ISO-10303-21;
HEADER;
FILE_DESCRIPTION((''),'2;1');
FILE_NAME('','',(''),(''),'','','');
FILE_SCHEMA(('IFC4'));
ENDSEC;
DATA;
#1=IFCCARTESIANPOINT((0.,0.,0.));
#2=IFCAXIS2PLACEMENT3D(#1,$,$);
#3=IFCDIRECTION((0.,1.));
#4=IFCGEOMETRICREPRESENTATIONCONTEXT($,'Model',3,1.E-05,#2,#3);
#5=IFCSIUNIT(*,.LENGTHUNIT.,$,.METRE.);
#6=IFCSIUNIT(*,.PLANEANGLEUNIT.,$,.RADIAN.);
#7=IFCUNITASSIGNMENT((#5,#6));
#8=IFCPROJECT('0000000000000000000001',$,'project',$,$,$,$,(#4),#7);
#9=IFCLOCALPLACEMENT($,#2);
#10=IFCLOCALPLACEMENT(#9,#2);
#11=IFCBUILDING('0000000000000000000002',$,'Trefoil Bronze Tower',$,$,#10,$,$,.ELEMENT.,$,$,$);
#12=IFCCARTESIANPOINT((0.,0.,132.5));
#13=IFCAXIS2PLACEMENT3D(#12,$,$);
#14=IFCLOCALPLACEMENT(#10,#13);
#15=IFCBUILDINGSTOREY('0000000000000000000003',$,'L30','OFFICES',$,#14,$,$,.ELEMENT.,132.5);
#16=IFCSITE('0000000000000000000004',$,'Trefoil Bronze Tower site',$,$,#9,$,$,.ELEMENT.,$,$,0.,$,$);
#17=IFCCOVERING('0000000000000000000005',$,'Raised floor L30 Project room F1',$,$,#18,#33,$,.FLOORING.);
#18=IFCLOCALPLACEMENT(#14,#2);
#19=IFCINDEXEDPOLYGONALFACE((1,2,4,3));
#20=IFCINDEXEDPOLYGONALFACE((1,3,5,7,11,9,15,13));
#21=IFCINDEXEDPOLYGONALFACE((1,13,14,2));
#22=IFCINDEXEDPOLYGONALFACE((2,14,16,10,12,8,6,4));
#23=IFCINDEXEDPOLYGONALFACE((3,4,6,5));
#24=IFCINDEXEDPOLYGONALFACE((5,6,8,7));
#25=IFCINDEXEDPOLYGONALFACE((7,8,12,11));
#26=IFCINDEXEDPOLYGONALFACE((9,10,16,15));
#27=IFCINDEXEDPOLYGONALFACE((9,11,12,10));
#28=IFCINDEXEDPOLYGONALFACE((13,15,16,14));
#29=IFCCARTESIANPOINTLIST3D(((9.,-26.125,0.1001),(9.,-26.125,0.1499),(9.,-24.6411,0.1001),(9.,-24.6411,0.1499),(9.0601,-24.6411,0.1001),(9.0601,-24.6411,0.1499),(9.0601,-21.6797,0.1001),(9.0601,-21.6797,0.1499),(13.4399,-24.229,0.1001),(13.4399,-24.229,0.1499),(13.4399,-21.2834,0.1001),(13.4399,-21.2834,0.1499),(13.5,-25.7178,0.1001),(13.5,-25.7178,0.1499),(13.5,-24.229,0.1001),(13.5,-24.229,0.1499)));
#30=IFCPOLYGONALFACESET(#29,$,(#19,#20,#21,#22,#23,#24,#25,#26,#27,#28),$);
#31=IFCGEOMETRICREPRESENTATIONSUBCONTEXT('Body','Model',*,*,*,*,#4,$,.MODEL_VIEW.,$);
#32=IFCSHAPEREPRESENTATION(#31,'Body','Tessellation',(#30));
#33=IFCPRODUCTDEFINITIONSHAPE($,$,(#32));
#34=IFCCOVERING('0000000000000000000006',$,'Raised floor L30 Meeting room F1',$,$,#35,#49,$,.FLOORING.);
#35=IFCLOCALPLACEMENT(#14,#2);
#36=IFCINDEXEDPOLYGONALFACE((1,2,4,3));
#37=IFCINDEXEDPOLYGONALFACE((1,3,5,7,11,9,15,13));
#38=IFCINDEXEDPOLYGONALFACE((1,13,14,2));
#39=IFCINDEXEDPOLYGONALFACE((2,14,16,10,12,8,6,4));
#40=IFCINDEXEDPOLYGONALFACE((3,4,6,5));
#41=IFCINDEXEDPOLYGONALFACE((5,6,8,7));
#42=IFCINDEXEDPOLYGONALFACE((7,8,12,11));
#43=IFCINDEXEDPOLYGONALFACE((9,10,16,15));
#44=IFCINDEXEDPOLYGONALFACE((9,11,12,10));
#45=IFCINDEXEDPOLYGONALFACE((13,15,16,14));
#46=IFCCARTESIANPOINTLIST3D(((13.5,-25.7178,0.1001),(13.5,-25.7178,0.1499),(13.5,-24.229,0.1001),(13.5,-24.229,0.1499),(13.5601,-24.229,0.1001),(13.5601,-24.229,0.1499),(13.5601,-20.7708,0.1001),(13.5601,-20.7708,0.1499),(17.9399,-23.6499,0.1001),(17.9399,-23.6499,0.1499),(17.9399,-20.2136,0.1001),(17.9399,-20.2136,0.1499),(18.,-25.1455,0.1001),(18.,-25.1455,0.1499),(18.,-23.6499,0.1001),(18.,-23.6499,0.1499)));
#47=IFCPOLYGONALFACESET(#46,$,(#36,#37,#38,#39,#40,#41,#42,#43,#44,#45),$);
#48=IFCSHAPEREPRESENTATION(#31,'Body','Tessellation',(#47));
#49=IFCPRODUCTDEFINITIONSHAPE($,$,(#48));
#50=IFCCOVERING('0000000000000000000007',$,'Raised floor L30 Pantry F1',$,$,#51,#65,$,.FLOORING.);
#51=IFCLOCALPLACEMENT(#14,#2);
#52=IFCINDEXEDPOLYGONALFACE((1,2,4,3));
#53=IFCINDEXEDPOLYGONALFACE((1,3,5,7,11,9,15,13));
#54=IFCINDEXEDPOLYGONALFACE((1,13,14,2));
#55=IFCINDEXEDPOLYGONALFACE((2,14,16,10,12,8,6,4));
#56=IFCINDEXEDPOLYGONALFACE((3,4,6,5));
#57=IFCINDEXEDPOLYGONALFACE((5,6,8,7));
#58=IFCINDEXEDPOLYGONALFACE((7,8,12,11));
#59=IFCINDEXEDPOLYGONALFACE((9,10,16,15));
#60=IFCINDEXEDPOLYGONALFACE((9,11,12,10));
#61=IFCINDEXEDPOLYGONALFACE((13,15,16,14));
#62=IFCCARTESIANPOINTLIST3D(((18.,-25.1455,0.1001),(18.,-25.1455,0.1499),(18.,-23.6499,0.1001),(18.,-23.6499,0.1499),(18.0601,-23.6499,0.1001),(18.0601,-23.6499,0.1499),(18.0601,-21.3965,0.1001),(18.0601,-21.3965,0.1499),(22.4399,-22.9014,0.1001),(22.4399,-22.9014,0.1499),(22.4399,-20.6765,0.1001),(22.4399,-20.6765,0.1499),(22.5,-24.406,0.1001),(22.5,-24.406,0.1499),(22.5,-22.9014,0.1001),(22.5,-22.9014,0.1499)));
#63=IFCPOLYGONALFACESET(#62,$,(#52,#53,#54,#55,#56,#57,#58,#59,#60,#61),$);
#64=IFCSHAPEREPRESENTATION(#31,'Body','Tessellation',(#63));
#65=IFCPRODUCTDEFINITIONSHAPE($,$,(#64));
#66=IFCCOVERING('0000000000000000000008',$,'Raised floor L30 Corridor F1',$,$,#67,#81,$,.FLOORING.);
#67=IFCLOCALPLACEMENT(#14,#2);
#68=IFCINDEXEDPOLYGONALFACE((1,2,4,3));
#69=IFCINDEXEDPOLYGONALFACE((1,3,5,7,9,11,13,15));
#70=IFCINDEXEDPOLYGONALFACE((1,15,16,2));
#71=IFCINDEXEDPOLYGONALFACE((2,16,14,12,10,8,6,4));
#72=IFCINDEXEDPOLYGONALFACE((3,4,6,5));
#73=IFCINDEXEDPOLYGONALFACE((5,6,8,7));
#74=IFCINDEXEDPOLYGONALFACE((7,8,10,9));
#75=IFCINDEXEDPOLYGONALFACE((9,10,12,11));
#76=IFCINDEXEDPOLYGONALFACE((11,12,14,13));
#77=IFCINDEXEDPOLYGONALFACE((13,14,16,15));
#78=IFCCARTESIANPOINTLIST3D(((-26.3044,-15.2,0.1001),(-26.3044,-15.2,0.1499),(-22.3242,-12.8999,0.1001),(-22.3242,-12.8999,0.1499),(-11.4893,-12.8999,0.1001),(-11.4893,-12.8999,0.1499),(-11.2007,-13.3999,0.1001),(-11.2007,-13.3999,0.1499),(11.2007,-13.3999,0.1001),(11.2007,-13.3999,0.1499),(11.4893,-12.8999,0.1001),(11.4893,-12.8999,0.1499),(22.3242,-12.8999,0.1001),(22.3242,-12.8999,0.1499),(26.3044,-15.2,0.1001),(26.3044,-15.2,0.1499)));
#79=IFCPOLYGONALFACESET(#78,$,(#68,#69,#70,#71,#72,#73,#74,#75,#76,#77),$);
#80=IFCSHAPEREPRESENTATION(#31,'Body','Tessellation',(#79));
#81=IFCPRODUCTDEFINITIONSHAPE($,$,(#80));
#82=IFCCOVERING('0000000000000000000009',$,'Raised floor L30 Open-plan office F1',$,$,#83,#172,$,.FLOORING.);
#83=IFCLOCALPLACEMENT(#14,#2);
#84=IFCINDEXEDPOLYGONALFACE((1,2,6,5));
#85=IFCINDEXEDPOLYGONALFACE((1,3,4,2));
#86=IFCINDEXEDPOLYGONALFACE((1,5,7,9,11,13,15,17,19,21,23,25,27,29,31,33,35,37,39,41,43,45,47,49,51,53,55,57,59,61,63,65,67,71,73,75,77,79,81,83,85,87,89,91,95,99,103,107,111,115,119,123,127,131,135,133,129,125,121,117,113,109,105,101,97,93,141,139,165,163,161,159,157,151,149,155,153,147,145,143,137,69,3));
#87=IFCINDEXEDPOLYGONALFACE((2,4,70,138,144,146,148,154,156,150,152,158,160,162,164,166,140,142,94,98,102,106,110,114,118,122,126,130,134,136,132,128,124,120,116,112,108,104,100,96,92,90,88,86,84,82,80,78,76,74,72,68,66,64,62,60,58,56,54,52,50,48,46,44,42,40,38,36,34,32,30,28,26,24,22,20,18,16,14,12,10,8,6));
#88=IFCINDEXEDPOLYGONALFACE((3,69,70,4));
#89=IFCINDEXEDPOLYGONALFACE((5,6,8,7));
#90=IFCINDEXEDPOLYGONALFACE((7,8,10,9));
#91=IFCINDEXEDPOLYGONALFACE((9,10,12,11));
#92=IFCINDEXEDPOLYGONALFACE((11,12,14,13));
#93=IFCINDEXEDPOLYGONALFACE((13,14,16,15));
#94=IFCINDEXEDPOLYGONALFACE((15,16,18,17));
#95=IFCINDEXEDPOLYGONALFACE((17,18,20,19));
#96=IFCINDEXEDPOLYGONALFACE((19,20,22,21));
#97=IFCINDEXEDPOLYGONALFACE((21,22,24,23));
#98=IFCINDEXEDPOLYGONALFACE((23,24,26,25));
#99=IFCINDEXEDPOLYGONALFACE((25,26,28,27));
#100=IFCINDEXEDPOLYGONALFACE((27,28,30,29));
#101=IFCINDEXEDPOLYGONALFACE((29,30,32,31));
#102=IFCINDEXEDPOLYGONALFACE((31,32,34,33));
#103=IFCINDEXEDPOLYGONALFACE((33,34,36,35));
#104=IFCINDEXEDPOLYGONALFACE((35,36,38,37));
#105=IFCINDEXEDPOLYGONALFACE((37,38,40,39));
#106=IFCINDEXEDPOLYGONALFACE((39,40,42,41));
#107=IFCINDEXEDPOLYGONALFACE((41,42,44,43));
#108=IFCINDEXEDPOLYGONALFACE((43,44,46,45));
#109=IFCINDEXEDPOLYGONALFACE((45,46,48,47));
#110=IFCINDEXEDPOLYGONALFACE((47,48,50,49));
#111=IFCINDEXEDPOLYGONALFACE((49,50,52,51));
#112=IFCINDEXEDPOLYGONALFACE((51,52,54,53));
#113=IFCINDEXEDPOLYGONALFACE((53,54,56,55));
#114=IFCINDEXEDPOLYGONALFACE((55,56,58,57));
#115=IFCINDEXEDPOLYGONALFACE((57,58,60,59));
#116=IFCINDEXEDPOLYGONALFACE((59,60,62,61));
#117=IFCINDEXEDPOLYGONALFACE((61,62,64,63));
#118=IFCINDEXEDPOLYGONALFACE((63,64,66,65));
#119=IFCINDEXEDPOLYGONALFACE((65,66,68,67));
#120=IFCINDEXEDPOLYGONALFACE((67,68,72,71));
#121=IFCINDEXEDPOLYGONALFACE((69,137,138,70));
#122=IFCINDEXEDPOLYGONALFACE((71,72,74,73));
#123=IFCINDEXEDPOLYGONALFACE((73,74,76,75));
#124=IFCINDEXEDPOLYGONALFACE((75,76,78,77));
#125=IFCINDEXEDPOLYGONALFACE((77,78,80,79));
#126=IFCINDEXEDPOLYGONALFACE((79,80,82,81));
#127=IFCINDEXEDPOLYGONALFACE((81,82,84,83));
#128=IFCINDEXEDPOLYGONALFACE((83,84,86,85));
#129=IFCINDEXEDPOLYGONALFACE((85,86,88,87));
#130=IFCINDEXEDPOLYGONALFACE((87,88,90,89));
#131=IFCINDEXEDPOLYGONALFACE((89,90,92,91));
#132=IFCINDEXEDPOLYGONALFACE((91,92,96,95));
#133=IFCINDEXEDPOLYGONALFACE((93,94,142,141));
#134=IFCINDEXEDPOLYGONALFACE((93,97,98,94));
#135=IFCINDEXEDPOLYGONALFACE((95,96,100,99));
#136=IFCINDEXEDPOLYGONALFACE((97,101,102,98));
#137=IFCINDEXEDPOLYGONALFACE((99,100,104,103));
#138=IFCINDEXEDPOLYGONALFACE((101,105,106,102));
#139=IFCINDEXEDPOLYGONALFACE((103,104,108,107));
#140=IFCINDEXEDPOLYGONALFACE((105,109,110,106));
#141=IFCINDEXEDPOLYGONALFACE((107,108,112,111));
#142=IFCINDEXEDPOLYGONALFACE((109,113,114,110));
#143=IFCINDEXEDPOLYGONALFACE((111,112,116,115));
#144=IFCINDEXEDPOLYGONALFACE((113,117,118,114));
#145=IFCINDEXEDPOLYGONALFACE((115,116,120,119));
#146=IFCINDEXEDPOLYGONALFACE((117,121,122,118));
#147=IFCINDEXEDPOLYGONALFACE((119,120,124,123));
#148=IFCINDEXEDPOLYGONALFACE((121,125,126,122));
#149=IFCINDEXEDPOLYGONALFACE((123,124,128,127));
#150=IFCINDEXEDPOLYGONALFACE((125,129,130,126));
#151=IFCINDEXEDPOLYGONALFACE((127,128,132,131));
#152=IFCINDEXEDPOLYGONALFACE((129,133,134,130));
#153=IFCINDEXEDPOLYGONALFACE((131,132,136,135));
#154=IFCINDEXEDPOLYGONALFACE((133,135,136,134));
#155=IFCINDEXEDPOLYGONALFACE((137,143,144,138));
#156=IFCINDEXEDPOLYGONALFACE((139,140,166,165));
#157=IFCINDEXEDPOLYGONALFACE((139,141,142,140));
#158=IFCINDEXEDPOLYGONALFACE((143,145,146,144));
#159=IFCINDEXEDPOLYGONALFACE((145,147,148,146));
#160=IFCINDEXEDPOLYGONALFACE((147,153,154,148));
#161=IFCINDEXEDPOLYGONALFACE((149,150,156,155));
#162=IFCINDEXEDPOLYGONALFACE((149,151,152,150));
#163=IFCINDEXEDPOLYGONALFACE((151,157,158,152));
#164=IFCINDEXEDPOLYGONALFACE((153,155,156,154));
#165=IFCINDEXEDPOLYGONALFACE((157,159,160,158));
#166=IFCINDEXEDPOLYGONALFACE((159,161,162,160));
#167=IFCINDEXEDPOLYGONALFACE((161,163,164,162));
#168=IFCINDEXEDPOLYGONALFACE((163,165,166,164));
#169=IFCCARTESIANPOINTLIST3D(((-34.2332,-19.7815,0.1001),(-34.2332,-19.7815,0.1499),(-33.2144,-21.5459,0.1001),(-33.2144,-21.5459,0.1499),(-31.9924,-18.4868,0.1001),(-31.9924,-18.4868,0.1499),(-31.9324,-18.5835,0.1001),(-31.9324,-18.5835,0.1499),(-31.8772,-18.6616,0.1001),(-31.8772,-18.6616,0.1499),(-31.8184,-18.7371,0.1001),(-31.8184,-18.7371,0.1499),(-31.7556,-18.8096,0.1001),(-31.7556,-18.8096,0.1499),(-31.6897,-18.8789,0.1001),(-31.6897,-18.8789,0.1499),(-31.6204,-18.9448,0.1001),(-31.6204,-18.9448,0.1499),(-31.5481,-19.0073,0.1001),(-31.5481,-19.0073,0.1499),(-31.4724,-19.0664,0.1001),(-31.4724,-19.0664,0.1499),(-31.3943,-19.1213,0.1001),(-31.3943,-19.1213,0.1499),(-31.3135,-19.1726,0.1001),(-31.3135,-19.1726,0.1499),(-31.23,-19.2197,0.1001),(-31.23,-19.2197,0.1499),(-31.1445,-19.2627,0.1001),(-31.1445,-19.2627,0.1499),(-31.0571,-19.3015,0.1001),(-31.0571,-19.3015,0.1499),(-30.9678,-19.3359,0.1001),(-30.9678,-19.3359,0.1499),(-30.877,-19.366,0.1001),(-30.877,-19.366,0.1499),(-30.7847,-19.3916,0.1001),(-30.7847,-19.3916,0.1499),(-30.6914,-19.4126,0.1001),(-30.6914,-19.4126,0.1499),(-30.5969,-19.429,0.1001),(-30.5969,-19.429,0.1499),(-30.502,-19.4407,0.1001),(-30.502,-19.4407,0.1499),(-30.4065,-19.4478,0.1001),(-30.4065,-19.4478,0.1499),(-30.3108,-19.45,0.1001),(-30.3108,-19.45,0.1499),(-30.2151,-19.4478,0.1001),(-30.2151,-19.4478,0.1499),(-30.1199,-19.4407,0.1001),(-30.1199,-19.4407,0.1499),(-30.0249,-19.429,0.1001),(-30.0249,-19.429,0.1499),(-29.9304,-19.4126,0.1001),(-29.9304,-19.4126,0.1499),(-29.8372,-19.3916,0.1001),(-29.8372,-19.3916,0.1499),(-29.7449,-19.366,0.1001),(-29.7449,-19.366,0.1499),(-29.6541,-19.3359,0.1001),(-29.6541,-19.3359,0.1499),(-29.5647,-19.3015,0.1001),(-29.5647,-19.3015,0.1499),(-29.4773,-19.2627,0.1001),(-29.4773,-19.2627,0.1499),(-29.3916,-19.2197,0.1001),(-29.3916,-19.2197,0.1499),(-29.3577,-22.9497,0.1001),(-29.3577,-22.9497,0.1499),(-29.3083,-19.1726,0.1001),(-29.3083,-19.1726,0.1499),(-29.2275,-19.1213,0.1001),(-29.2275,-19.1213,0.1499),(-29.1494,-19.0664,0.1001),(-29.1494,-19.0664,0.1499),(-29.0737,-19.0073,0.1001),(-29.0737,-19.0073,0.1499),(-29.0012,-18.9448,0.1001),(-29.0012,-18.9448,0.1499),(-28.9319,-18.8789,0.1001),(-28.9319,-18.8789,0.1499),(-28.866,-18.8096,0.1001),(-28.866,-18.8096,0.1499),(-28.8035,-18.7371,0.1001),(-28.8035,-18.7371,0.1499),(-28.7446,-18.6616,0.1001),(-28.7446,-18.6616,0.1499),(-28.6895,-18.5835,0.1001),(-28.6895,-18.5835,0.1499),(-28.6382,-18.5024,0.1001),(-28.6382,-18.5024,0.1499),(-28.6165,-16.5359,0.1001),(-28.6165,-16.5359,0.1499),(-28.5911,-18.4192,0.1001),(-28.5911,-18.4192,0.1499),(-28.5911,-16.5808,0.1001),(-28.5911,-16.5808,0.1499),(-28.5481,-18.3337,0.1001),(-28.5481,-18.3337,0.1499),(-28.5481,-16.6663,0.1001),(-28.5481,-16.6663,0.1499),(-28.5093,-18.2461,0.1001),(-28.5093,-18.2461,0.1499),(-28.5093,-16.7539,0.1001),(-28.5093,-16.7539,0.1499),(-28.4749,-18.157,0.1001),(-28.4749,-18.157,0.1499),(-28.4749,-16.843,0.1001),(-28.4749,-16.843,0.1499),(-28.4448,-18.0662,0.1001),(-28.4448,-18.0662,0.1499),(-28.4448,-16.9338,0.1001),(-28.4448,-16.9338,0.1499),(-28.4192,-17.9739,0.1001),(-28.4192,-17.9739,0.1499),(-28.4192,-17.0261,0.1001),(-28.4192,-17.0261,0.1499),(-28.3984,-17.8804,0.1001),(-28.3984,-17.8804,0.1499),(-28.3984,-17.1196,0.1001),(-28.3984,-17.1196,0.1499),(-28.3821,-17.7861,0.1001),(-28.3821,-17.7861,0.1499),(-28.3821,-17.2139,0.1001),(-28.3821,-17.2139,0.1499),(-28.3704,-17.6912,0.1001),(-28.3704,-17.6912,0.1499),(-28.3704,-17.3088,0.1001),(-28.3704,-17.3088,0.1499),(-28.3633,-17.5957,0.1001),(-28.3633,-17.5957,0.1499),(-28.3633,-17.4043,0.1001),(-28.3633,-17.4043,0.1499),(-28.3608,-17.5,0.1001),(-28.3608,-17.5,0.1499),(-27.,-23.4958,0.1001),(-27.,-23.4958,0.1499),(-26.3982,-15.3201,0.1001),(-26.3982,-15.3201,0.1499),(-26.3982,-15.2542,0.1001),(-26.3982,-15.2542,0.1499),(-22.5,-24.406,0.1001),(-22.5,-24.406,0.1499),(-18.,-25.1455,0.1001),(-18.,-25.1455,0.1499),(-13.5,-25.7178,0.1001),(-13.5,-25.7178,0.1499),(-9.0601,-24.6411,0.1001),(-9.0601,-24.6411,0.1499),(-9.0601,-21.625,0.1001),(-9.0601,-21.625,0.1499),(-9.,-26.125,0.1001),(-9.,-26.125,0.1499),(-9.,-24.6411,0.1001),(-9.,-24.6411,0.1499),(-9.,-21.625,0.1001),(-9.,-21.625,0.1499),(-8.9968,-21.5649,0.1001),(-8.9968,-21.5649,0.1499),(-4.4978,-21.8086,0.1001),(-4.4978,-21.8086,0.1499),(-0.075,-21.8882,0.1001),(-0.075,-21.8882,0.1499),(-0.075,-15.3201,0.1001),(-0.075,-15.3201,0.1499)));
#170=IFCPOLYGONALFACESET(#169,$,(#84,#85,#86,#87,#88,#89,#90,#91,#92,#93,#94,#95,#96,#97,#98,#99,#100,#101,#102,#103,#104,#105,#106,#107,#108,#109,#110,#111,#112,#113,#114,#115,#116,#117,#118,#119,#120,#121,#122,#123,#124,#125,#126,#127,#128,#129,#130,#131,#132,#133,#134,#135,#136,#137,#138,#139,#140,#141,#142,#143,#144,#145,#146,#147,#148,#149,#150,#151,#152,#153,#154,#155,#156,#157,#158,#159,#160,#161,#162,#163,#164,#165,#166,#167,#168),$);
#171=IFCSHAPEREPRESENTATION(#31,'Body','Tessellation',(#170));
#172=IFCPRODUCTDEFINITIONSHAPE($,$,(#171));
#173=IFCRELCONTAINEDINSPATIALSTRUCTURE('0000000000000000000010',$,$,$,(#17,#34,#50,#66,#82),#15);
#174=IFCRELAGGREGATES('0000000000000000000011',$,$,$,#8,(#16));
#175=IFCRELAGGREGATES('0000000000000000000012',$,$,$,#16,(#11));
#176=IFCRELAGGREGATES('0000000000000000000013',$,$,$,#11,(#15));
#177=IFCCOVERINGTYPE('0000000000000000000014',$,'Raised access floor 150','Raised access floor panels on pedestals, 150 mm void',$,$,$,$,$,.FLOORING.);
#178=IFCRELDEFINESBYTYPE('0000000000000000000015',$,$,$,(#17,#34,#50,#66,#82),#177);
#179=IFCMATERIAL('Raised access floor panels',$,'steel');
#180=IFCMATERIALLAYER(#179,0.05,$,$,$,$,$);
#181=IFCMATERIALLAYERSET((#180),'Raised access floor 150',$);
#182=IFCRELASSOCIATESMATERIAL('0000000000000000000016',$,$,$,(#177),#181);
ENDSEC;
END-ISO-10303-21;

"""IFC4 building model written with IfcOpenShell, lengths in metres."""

from ifc_helpers import new_model, si_unit, direction, frame, origin, place, context, subcontext, project, spatial, polyline, outline, extrude, material, layer, layer_set, type_object, element, save


model = new_model("IFC4")

# Units and contexts
model_context = context("Model", 3, precision=1e-05, world=origin(), true_north=direction((0.0, 1.0)))
body_context = subcontext(model_context, "Body", "Model", "MODEL_VIEW")
ifc_project = project(units=[si_unit("LENGTHUNIT", "METRE"), si_unit("PLANEANGLEUNIT", "RADIAN")], contexts=[model_context])

# Site, building, storey
site_placement = place(None, origin())
site = spatial("IfcSite", under=ifc_project, at=site_placement, Name="Trefoil Bronze Tower site", CompositionType="ELEMENT", RefElevation=0.0)
building_placement = place(site_placement, origin())
building = spatial("IfcBuilding", under=site, at=building_placement, Name="Trefoil Bronze Tower", CompositionType="ELEMENT")
storey_placement = place(building_placement, frame((0.0, 0.0, 132.5)))
storey = spatial("IfcBuildingStorey", under=building, at=storey_placement, Name="L30", Description="OFFICES", CompositionType="ELEMENT", Elevation=132.5)

# Coverings
ifc_material_1 = material(Name="Raised access floor panels", Category="steel")
ifc_layer_1 = layer(ifc_material_1, 0.05)
ifc_layer_set_1 = layer_set([ifc_layer_1], Name="Raised access floor 150")
covering_type_1 = type_object("IfcCoveringType", Name="Raised access floor 150", Description="Raised access floor panels on pedestals, 150 mm void", PredefinedType="FLOORING", material=ifc_layer_set_1)
covering_1_placement = place(storey_placement, frame((0.0, 0.0, 0.1001)))
element("IfcCovering", 1, at=covering_1_placement, inside=storey, type_object=covering_type_1, Name="Raised floor L30 Project room F1", PredefinedType="FLOORING", context=body_context, shape_type="SweptSolid", body=[
    extrude(outline(polyline([(13.5, -25.7178), (9.0, -26.125), (9.0, -24.6411), (9.0601, -24.6411), (9.0601, -21.6797), (13.4399, -21.2834), (13.4399, -24.229), (13.5, -24.229), (13.5, -25.7178)])), origin(), (0.0, 0.0, 1.0), 0.0498),
])
covering_2_placement = place(storey_placement, frame((0.0, 0.0, 0.1001)))
element("IfcCovering", 2, at=covering_2_placement, inside=storey, type_object=covering_type_1, Name="Raised floor L30 Meeting room F1", PredefinedType="FLOORING", context=body_context, shape_type="SweptSolid", body=[
    extrude(outline(polyline([(18.0, -25.1455), (13.5, -25.7178), (13.5, -24.229), (13.5601, -24.229), (13.5601, -20.7708), (17.9399, -20.2136), (17.9399, -23.6499), (18.0, -23.6499), (18.0, -25.1455)])), origin(), (0.0, 0.0, 1.0), 0.0498),
])
covering_3_placement = place(storey_placement, frame((0.0, 0.0, 0.1001)))
element("IfcCovering", 3, at=covering_3_placement, inside=storey, type_object=covering_type_1, Name="Raised floor L30 Pantry F1", PredefinedType="FLOORING", context=body_context, shape_type="SweptSolid", body=[
    extrude(outline(polyline([(22.5, -24.406), (18.0, -25.1455), (18.0, -23.6499), (18.0601, -23.6499), (18.0601, -21.3965), (22.4399, -20.6765), (22.4399, -22.9014), (22.5, -22.9014), (22.5, -24.406)])), origin(), (0.0, 0.0, 1.0), 0.0498),
])
covering_4_placement = place(storey_placement, frame((0.0, 0.0, 0.1001)))
element("IfcCovering", 4, at=covering_4_placement, inside=storey, type_object=covering_type_1, Name="Raised floor L30 Corridor F1", PredefinedType="FLOORING", context=body_context, shape_type="SweptSolid", body=[
    extrude(outline(polyline([(-26.3044, -15.2), (-22.3242, -12.8999), (-11.4893, -12.8999), (-11.2007, -13.3999), (11.2007, -13.3999), (11.4893, -12.8999), (22.3242, -12.8999), (26.3044, -15.2), (-26.3044, -15.2)])), origin(), (0.0, 0.0, 1.0), 0.0498),
])
covering_5_placement = place(storey_placement, frame((0.0, 0.0, 0.1001)))
element("IfcCovering", 5, at=covering_5_placement, inside=storey, type_object=covering_type_1, Name="Raised floor L30 Open-plan office F1", PredefinedType="FLOORING", context=body_context, shape_type="SweptSolid", body=[
    extrude(outline(polyline([(-28.5093, -16.7539), (-28.5481, -16.6663), (-28.5911, -16.5808), (-28.6165, -16.5359), (-26.3982, -15.2542), (-26.3982, -15.3201), (-0.075, -15.3201), (-0.075, -21.8882), (-4.4978, -21.8086), (-8.9968, -21.5649), (-9.0, -21.625), (-9.0601, -21.625), (-9.0601, -24.6411), (-9.0, -24.6411), (-9.0, -26.125), (-13.5, -25.7178), (-18.0, -25.1455), (-22.5, -24.406), (-27.0, -23.4958), (-29.3577, -22.9497), (-33.2144, -21.5459), (-34.2332, -19.7815), (-31.9924, -18.4868), (-31.9324, -18.5835), (-31.8772, -18.6616), (-31.8184, -18.7371), (-31.7556, -18.8096), (-31.6897, -18.8789), (-31.6204, -18.9448), (-31.5481, -19.0073), (-31.4724, -19.0664), (-31.3943, -19.1213), (-31.3135, -19.1726), (-31.23, -19.2197), (-31.1445, -19.2627), (-31.0571, -19.3015), (-30.9678, -19.3359), (-30.877, -19.366), (-30.7847, -19.3916), (-30.6914, -19.4126), (-30.5969, -19.429), (-30.502, -19.4407), (-30.4065, -19.4478), (-30.3108, -19.45), (-30.2151, -19.4478), (-30.1199, -19.4407), (-30.0249, -19.429), (-29.9304, -19.4126), (-29.8372, -19.3916), (-29.7449, -19.366), (-29.6541, -19.3359), (-29.5647, -19.3015), (-29.4773, -19.2627), (-29.3916, -19.2197), (-29.3083, -19.1726), (-29.2275, -19.1213), (-29.1494, -19.0664), (-29.0737, -19.0073), (-29.0012, -18.9448), (-28.9319, -18.8789), (-28.866, -18.8096), (-28.8035, -18.7371), (-28.7446, -18.6616), (-28.6895, -18.5835), (-28.6382, -18.5024), (-28.5911, -18.4192), (-28.5481, -18.3337), (-28.5093, -18.2461), (-28.4749, -18.157), (-28.4448, -18.0662), (-28.4192, -17.9739), (-28.3984, -17.8804), (-28.3821, -17.7861), (-28.3704, -17.6912), (-28.3633, -17.5957), (-28.3608, -17.5), (-28.3633, -17.4043), (-28.3704, -17.3088), (-28.3821, -17.2139), (-28.3984, -17.1196), (-28.4192, -17.0261), (-28.4448, -16.9338), (-28.4749, -16.843), (-28.5093, -16.7539)])), origin(), (0.0, 0.0, 1.0), 0.0498),
])

save(model, "model.ifc")
